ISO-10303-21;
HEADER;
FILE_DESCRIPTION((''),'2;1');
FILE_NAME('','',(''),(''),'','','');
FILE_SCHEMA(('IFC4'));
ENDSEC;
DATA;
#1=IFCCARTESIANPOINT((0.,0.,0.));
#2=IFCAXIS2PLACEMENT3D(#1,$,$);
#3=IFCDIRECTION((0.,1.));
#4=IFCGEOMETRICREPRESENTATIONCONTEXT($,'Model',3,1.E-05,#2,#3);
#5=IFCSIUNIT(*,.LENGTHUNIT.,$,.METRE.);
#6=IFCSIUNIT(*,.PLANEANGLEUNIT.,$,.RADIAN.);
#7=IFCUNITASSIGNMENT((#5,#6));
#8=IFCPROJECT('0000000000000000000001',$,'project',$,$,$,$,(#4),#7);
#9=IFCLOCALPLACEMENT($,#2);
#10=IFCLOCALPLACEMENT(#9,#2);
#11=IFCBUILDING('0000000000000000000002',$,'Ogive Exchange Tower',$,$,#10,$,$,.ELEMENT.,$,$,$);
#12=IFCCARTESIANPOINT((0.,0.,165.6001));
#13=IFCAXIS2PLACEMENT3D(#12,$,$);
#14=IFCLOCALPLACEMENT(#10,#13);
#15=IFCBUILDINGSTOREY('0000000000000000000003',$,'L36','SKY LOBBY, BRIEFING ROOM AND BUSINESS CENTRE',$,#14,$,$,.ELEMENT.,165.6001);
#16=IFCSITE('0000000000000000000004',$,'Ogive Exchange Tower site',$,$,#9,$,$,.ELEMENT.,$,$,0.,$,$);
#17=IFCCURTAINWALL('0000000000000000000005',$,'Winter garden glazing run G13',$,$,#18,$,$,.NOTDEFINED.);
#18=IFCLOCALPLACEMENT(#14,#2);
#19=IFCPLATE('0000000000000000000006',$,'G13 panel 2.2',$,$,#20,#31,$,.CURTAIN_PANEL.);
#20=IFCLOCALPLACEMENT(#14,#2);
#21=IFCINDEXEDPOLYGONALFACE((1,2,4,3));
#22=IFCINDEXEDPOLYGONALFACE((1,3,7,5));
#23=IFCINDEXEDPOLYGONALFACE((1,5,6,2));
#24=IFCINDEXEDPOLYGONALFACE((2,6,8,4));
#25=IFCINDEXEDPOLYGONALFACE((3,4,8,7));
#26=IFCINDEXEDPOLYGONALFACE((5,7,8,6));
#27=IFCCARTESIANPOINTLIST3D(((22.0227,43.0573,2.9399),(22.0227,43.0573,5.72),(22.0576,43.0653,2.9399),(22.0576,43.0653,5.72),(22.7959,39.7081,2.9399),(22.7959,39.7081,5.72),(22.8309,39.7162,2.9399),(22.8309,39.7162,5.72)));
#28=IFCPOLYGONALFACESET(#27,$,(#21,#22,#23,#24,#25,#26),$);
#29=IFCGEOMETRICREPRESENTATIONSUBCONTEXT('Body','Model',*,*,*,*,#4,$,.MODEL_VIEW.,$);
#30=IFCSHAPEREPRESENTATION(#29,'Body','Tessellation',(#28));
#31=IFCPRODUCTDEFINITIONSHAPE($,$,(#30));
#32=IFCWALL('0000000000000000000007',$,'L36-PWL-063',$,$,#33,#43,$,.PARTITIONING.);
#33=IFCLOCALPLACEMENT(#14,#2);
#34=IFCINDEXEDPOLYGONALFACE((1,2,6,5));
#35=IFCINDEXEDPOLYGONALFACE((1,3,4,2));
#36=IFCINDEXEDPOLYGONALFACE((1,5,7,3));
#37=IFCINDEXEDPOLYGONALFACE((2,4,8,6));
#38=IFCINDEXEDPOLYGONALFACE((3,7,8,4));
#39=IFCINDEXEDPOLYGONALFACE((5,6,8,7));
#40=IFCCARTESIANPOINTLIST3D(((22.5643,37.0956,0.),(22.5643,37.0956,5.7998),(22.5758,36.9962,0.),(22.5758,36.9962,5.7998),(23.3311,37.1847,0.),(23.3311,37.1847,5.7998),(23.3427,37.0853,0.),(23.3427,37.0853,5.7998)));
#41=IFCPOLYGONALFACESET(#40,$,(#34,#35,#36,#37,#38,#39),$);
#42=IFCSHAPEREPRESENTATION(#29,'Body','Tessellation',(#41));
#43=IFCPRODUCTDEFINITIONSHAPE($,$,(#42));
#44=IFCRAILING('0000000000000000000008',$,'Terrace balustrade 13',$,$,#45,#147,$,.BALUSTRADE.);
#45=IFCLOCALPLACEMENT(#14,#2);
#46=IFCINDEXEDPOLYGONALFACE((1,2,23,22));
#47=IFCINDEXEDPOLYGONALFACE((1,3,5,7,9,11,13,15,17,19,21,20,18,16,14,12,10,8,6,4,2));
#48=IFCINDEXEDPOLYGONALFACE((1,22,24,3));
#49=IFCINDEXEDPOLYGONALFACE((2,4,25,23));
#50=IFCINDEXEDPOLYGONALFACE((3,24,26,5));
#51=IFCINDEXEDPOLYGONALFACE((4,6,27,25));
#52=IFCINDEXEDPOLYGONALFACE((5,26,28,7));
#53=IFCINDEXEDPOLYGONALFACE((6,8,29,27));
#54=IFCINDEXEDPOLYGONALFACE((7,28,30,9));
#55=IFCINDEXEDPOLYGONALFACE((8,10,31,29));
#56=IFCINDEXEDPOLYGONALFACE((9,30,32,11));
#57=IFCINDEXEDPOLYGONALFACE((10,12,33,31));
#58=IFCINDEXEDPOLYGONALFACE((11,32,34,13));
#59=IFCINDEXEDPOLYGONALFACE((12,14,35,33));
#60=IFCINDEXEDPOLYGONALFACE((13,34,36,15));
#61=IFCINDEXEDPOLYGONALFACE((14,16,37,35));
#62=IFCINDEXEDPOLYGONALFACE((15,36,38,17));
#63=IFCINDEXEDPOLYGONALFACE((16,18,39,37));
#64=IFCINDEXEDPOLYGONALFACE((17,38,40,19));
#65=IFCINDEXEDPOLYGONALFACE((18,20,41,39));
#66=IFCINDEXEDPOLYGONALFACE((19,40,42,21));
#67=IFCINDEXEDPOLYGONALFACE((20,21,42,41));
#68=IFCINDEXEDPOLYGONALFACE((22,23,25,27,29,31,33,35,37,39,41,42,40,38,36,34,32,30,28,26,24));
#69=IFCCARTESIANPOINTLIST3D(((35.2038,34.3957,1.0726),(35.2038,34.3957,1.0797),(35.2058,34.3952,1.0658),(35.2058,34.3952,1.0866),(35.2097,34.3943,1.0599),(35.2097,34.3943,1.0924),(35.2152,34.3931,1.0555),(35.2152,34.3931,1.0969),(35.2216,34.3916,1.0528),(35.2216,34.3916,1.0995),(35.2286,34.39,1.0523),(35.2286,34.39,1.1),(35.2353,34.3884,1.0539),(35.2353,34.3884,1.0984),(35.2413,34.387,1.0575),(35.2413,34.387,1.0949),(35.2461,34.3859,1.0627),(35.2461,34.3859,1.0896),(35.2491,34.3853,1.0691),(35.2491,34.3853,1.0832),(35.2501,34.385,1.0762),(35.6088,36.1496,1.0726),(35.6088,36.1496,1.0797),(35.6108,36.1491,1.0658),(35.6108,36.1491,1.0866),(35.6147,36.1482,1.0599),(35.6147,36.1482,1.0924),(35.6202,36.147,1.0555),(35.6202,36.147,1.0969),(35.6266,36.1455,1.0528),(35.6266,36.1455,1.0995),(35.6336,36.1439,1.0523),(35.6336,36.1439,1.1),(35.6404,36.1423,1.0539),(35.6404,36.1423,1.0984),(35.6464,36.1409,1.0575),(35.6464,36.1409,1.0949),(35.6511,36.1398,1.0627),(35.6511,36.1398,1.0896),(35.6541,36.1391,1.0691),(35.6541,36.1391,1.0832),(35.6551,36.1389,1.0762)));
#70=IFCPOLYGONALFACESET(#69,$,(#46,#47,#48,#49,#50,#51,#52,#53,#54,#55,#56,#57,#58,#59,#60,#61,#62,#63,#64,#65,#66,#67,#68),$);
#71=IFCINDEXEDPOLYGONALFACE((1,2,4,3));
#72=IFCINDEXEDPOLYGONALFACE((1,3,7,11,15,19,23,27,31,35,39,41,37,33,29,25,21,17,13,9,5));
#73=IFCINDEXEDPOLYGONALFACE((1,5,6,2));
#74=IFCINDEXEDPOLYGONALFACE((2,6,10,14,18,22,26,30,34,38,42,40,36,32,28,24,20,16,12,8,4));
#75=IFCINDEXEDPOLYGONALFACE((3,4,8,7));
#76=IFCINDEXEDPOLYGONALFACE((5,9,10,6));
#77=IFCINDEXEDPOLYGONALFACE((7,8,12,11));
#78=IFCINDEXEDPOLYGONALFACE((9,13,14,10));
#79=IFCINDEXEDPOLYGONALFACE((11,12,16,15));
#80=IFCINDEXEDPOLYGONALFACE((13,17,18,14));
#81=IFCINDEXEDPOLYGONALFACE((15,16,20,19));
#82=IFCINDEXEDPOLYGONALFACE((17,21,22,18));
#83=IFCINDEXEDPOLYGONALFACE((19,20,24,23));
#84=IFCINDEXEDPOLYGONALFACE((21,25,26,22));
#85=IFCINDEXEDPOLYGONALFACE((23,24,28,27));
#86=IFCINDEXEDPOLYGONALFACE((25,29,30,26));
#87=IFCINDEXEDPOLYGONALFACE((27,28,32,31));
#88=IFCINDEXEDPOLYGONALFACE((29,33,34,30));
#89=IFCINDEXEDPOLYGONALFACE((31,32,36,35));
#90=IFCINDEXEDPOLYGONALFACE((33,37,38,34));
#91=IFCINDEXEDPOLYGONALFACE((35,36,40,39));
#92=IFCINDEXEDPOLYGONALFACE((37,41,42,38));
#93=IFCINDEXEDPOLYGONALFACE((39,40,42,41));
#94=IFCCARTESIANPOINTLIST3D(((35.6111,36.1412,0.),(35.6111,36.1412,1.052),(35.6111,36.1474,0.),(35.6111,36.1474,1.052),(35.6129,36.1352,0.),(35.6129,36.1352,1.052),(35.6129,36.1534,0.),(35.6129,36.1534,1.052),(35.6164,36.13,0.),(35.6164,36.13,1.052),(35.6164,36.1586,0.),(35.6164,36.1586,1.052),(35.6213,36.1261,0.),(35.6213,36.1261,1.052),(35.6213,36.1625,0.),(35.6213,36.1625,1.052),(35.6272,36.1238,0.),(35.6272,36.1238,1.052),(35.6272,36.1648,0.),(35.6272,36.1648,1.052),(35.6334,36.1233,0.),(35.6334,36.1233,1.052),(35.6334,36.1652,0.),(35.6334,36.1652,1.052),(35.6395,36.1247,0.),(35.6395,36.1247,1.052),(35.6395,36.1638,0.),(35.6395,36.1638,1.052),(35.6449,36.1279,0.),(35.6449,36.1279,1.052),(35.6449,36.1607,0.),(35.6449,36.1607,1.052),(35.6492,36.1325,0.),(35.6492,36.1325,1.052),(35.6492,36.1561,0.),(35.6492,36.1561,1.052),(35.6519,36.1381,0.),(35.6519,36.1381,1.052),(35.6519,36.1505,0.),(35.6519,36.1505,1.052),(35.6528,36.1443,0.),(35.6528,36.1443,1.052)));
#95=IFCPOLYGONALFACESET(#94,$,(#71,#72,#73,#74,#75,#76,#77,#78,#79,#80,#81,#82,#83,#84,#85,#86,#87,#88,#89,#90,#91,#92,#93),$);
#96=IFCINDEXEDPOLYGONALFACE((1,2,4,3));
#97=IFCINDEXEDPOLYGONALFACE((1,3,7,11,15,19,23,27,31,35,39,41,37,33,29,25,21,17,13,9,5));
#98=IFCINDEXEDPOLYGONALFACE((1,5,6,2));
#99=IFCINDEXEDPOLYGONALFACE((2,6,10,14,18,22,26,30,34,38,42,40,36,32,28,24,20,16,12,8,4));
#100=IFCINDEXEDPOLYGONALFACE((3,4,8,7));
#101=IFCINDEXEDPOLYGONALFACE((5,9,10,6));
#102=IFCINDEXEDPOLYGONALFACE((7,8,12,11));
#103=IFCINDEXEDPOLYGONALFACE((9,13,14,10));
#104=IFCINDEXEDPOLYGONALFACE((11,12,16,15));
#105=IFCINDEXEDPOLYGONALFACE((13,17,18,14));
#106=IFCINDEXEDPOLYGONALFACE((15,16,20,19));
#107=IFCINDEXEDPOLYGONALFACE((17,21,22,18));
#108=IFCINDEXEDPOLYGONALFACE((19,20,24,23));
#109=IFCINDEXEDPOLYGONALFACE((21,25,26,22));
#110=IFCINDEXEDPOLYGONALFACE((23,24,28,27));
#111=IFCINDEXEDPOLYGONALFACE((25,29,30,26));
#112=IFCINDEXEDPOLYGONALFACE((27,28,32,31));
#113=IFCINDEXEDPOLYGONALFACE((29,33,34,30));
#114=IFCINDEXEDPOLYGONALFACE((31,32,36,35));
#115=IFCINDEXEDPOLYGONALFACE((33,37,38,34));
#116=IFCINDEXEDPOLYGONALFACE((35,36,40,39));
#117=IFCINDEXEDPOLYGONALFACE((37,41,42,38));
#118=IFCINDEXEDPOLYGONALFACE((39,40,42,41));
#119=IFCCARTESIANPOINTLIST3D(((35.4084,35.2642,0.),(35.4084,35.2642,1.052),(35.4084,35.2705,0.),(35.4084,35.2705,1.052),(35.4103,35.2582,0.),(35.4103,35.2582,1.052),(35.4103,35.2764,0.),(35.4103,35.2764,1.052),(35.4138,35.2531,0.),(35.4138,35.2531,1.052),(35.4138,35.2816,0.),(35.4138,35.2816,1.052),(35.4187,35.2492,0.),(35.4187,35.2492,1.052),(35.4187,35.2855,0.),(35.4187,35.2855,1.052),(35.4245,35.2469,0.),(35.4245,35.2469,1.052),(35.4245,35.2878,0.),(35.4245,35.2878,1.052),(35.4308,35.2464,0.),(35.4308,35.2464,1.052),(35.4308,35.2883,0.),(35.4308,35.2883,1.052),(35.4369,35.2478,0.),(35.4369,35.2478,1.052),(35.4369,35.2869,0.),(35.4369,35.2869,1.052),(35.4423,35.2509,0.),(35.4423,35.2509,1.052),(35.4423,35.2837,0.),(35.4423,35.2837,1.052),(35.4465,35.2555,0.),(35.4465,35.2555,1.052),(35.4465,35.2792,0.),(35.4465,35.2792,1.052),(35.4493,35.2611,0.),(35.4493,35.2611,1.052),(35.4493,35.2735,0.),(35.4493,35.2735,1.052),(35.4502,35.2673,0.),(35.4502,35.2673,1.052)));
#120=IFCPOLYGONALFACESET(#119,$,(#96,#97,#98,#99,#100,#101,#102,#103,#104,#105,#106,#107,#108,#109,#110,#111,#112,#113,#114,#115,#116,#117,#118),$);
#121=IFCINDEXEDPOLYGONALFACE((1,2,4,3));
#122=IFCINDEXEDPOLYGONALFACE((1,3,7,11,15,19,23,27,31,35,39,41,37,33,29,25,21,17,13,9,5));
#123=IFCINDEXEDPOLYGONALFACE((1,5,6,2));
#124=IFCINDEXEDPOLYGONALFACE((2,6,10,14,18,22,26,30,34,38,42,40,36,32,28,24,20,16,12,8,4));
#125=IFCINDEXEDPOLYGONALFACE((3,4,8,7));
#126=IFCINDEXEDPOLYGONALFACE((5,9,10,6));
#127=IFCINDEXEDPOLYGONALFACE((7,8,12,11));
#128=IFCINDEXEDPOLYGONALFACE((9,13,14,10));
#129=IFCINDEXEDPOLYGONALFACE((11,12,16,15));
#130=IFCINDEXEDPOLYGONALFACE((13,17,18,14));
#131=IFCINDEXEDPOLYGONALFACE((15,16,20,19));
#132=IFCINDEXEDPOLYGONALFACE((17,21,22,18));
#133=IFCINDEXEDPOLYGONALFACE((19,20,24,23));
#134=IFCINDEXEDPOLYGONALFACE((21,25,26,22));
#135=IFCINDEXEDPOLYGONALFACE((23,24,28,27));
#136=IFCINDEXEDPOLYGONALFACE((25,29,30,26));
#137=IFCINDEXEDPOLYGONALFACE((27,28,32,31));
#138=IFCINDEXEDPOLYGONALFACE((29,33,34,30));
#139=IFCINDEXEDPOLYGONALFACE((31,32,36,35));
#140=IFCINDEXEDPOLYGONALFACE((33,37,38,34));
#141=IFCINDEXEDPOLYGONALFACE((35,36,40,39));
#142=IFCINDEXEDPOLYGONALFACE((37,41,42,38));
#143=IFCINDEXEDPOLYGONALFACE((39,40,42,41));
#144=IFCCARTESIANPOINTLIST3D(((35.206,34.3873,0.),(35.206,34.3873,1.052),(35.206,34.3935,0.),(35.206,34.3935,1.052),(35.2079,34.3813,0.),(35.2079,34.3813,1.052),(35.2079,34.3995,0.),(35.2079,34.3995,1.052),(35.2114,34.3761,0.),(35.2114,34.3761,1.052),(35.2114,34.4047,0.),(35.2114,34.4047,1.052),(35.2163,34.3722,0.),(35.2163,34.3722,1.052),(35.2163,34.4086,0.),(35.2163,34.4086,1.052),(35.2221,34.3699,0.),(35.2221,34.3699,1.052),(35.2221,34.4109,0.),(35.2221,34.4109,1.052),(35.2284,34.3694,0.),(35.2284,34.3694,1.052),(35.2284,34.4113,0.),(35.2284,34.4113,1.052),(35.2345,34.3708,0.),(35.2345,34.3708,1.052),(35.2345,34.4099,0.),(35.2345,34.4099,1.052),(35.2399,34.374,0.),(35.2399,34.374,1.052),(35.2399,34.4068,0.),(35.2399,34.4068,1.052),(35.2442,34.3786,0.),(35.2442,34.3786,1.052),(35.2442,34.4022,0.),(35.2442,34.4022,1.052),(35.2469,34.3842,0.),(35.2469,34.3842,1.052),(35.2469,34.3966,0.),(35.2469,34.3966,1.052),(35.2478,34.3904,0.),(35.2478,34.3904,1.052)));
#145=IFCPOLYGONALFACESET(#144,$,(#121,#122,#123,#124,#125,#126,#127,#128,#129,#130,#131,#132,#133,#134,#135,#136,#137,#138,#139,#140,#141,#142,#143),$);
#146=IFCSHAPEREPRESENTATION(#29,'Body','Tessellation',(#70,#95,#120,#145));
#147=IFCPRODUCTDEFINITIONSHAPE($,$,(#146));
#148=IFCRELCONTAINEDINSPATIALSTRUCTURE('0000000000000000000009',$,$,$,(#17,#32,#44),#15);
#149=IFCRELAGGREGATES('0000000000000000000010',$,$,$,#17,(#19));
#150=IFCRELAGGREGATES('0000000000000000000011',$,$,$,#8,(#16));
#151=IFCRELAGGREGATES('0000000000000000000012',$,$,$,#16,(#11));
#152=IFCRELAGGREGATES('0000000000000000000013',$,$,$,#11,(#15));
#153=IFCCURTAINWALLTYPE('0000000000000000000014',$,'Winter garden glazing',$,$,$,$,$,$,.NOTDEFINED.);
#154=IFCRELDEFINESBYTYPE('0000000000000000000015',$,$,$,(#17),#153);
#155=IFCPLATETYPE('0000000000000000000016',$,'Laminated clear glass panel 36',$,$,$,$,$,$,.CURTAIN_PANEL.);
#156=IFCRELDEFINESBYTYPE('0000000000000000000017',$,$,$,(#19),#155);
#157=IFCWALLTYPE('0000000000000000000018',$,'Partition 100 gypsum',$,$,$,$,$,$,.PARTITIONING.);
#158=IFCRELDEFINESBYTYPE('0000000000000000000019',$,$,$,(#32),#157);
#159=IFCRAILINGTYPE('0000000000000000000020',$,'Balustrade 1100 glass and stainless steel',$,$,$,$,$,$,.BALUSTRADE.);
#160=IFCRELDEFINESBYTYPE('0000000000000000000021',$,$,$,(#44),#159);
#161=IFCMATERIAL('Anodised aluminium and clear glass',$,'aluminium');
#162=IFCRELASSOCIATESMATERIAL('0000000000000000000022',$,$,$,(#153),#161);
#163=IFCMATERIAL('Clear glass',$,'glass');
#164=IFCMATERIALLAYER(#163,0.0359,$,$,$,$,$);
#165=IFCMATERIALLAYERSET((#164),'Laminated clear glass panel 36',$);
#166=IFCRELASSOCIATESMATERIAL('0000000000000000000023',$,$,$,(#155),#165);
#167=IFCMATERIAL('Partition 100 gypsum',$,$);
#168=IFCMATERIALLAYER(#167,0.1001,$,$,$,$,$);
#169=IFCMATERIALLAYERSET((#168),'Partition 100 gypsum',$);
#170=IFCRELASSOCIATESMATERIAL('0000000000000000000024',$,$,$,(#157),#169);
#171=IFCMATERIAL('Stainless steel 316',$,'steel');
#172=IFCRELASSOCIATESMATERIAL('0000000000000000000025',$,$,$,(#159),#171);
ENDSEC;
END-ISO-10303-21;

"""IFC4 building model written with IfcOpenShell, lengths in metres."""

from ifc_helpers import new_model, si_unit, direction, frame, frame_2d, origin, origin_2d, place, context, subcontext, project, spatial, rectangle, circle, extrude, material, layer, layer_set, type_object, element, aggregate, save


model = new_model("IFC4")

# Units and contexts
model_context = context("Model", 3, precision=1e-05, world=origin(), true_north=direction((0.0, 1.0)))
body_context = subcontext(model_context, "Body", "Model", "MODEL_VIEW")
ifc_project = project(units=[si_unit("LENGTHUNIT", "METRE"), si_unit("PLANEANGLEUNIT", "RADIAN")], contexts=[model_context])

# Site, building, storey
site_placement = place(None, origin())
site = spatial("IfcSite", under=ifc_project, at=site_placement, Name="Ogive Exchange Tower site", CompositionType="ELEMENT", RefElevation=0.0)
building_placement = place(site_placement, origin())
building = spatial("IfcBuilding", under=site, at=building_placement, Name="Ogive Exchange Tower", CompositionType="ELEMENT")
storey_placement = place(building_placement, frame((0.0, 0.0, 165.6001)))
storey = spatial("IfcBuildingStorey", under=building, at=storey_placement, Name="L36", Description="SKY LOBBY, BRIEFING ROOM AND BUSINESS CENTRE", CompositionType="ELEMENT", Elevation=165.6001)

# Curtain wall
ifc_material_1 = material(Name="Anodised aluminium and clear glass", Category="aluminium")
curtain_wall_type = type_object("IfcCurtainWallType", Name="Winter garden glazing", PredefinedType="NOTDEFINED", material=ifc_material_1)
curtain_wall_1_placement = place(storey_placement, origin())
curtain_wall_1 = element("IfcCurtainWall", 1, at=curtain_wall_1_placement, inside=storey, type_object=curtain_wall_type, Name="Winter garden glazing run G13", PredefinedType="NOTDEFINED")

# Plate
ifc_material_2 = material(Name="Clear glass", Category="glass")
ifc_layer_1 = layer(ifc_material_2, 0.0359)
ifc_layer_set_1 = layer_set([ifc_layer_1], Name="Laminated clear glass panel 36")
plate_type = type_object("IfcPlateType", Name="Laminated clear glass panel 36", PredefinedType="CURTAIN_PANEL", material=ifc_layer_set_1)
plate_1_placement = place(storey_placement, frame((22.4268, 41.3867, 2.9399), z_axis=(0.0, 0.0, 1.0), x_axis=(-0.224954, 0.974369, 0.0)))
plate_1 = element("IfcPlate", 2, at=plate_1_placement, type_object=plate_type, Name="G13 panel 2.2", PredefinedType="CURTAIN_PANEL", context=body_context, shape_type="SweptSolid", body=[
    extrude(rectangle(XDim=3.4373, YDim=0.0359, at=origin_2d()), origin(), (0.0, 0.0, 1.0), 2.78),
])
aggregate(curtain_wall_1, [plate_1])

# Wall
ifc_material_3 = material(Name="Partition 100 gypsum")
ifc_layer_2 = layer(ifc_material_3, 0.1001)
ifc_layer_set_2 = layer_set([ifc_layer_2], Name="Partition 100 gypsum")
wall_type = type_object("IfcWallType", Name="Partition 100 gypsum", PredefinedType="PARTITIONING", material=ifc_layer_set_2)
wall_placement = place(storey_placement, frame((22.5701, 37.0459, 0.0), z_axis=(0.0, 0.0, 1.0), x_axis=(0.993316, 0.115428, 0.0)))
element("IfcWall", 3, at=wall_placement, inside=storey, type_object=wall_type, Name="L36-PWL-063", PredefinedType="PARTITIONING", context=body_context, shape_type="SweptSolid", body=[
    extrude(rectangle(XDim=0.772, YDim=0.1001, at=frame_2d((0.386, 0.0))), origin(), (0.0, 0.0, 1.0), 5.7998),
])

# Railing
ifc_material_4 = material(Name="Stainless steel 316", Category="steel")
railing_type_1 = type_object("IfcRailingType", Name="Balustrade 1100 glass and stainless steel", PredefinedType="BALUSTRADE", material=ifc_material_4)
railing_1_placement = place(storey_placement, frame((35.6318, 36.1443, 0.0)))
element("IfcRailing", 4, at=railing_1_placement, inside=storey, type_object=railing_type_1, Name="Terrace balustrade 13", PredefinedType="BALUSTRADE", context=body_context, shape_type="SweptSolid", body=[
    extrude(circle(Radius=0.0239, at=origin_2d()), frame((0.0, 0.0, 1.0762), z_axis=(-0.225008, -0.974357, 0.0), x_axis=(0.974357, -0.225008, 0.0)), (0.0, 0.0, 1.0), 1.8),
    extrude(circle(Radius=0.021, at=origin_2d()), origin(), (0.0, 0.0, 1.0), 1.052),
    extrude(circle(Radius=0.021, at=origin_2d()), frame((-0.2026, -0.877, 0.0)), (0.0, 0.0, 1.0), 1.052),
    extrude(circle(Radius=0.021, at=origin_2d()), frame((-0.405, -1.7539, 0.0)), (0.0, 0.0, 1.0), 1.052),
])

save(model, "model.ifc")
